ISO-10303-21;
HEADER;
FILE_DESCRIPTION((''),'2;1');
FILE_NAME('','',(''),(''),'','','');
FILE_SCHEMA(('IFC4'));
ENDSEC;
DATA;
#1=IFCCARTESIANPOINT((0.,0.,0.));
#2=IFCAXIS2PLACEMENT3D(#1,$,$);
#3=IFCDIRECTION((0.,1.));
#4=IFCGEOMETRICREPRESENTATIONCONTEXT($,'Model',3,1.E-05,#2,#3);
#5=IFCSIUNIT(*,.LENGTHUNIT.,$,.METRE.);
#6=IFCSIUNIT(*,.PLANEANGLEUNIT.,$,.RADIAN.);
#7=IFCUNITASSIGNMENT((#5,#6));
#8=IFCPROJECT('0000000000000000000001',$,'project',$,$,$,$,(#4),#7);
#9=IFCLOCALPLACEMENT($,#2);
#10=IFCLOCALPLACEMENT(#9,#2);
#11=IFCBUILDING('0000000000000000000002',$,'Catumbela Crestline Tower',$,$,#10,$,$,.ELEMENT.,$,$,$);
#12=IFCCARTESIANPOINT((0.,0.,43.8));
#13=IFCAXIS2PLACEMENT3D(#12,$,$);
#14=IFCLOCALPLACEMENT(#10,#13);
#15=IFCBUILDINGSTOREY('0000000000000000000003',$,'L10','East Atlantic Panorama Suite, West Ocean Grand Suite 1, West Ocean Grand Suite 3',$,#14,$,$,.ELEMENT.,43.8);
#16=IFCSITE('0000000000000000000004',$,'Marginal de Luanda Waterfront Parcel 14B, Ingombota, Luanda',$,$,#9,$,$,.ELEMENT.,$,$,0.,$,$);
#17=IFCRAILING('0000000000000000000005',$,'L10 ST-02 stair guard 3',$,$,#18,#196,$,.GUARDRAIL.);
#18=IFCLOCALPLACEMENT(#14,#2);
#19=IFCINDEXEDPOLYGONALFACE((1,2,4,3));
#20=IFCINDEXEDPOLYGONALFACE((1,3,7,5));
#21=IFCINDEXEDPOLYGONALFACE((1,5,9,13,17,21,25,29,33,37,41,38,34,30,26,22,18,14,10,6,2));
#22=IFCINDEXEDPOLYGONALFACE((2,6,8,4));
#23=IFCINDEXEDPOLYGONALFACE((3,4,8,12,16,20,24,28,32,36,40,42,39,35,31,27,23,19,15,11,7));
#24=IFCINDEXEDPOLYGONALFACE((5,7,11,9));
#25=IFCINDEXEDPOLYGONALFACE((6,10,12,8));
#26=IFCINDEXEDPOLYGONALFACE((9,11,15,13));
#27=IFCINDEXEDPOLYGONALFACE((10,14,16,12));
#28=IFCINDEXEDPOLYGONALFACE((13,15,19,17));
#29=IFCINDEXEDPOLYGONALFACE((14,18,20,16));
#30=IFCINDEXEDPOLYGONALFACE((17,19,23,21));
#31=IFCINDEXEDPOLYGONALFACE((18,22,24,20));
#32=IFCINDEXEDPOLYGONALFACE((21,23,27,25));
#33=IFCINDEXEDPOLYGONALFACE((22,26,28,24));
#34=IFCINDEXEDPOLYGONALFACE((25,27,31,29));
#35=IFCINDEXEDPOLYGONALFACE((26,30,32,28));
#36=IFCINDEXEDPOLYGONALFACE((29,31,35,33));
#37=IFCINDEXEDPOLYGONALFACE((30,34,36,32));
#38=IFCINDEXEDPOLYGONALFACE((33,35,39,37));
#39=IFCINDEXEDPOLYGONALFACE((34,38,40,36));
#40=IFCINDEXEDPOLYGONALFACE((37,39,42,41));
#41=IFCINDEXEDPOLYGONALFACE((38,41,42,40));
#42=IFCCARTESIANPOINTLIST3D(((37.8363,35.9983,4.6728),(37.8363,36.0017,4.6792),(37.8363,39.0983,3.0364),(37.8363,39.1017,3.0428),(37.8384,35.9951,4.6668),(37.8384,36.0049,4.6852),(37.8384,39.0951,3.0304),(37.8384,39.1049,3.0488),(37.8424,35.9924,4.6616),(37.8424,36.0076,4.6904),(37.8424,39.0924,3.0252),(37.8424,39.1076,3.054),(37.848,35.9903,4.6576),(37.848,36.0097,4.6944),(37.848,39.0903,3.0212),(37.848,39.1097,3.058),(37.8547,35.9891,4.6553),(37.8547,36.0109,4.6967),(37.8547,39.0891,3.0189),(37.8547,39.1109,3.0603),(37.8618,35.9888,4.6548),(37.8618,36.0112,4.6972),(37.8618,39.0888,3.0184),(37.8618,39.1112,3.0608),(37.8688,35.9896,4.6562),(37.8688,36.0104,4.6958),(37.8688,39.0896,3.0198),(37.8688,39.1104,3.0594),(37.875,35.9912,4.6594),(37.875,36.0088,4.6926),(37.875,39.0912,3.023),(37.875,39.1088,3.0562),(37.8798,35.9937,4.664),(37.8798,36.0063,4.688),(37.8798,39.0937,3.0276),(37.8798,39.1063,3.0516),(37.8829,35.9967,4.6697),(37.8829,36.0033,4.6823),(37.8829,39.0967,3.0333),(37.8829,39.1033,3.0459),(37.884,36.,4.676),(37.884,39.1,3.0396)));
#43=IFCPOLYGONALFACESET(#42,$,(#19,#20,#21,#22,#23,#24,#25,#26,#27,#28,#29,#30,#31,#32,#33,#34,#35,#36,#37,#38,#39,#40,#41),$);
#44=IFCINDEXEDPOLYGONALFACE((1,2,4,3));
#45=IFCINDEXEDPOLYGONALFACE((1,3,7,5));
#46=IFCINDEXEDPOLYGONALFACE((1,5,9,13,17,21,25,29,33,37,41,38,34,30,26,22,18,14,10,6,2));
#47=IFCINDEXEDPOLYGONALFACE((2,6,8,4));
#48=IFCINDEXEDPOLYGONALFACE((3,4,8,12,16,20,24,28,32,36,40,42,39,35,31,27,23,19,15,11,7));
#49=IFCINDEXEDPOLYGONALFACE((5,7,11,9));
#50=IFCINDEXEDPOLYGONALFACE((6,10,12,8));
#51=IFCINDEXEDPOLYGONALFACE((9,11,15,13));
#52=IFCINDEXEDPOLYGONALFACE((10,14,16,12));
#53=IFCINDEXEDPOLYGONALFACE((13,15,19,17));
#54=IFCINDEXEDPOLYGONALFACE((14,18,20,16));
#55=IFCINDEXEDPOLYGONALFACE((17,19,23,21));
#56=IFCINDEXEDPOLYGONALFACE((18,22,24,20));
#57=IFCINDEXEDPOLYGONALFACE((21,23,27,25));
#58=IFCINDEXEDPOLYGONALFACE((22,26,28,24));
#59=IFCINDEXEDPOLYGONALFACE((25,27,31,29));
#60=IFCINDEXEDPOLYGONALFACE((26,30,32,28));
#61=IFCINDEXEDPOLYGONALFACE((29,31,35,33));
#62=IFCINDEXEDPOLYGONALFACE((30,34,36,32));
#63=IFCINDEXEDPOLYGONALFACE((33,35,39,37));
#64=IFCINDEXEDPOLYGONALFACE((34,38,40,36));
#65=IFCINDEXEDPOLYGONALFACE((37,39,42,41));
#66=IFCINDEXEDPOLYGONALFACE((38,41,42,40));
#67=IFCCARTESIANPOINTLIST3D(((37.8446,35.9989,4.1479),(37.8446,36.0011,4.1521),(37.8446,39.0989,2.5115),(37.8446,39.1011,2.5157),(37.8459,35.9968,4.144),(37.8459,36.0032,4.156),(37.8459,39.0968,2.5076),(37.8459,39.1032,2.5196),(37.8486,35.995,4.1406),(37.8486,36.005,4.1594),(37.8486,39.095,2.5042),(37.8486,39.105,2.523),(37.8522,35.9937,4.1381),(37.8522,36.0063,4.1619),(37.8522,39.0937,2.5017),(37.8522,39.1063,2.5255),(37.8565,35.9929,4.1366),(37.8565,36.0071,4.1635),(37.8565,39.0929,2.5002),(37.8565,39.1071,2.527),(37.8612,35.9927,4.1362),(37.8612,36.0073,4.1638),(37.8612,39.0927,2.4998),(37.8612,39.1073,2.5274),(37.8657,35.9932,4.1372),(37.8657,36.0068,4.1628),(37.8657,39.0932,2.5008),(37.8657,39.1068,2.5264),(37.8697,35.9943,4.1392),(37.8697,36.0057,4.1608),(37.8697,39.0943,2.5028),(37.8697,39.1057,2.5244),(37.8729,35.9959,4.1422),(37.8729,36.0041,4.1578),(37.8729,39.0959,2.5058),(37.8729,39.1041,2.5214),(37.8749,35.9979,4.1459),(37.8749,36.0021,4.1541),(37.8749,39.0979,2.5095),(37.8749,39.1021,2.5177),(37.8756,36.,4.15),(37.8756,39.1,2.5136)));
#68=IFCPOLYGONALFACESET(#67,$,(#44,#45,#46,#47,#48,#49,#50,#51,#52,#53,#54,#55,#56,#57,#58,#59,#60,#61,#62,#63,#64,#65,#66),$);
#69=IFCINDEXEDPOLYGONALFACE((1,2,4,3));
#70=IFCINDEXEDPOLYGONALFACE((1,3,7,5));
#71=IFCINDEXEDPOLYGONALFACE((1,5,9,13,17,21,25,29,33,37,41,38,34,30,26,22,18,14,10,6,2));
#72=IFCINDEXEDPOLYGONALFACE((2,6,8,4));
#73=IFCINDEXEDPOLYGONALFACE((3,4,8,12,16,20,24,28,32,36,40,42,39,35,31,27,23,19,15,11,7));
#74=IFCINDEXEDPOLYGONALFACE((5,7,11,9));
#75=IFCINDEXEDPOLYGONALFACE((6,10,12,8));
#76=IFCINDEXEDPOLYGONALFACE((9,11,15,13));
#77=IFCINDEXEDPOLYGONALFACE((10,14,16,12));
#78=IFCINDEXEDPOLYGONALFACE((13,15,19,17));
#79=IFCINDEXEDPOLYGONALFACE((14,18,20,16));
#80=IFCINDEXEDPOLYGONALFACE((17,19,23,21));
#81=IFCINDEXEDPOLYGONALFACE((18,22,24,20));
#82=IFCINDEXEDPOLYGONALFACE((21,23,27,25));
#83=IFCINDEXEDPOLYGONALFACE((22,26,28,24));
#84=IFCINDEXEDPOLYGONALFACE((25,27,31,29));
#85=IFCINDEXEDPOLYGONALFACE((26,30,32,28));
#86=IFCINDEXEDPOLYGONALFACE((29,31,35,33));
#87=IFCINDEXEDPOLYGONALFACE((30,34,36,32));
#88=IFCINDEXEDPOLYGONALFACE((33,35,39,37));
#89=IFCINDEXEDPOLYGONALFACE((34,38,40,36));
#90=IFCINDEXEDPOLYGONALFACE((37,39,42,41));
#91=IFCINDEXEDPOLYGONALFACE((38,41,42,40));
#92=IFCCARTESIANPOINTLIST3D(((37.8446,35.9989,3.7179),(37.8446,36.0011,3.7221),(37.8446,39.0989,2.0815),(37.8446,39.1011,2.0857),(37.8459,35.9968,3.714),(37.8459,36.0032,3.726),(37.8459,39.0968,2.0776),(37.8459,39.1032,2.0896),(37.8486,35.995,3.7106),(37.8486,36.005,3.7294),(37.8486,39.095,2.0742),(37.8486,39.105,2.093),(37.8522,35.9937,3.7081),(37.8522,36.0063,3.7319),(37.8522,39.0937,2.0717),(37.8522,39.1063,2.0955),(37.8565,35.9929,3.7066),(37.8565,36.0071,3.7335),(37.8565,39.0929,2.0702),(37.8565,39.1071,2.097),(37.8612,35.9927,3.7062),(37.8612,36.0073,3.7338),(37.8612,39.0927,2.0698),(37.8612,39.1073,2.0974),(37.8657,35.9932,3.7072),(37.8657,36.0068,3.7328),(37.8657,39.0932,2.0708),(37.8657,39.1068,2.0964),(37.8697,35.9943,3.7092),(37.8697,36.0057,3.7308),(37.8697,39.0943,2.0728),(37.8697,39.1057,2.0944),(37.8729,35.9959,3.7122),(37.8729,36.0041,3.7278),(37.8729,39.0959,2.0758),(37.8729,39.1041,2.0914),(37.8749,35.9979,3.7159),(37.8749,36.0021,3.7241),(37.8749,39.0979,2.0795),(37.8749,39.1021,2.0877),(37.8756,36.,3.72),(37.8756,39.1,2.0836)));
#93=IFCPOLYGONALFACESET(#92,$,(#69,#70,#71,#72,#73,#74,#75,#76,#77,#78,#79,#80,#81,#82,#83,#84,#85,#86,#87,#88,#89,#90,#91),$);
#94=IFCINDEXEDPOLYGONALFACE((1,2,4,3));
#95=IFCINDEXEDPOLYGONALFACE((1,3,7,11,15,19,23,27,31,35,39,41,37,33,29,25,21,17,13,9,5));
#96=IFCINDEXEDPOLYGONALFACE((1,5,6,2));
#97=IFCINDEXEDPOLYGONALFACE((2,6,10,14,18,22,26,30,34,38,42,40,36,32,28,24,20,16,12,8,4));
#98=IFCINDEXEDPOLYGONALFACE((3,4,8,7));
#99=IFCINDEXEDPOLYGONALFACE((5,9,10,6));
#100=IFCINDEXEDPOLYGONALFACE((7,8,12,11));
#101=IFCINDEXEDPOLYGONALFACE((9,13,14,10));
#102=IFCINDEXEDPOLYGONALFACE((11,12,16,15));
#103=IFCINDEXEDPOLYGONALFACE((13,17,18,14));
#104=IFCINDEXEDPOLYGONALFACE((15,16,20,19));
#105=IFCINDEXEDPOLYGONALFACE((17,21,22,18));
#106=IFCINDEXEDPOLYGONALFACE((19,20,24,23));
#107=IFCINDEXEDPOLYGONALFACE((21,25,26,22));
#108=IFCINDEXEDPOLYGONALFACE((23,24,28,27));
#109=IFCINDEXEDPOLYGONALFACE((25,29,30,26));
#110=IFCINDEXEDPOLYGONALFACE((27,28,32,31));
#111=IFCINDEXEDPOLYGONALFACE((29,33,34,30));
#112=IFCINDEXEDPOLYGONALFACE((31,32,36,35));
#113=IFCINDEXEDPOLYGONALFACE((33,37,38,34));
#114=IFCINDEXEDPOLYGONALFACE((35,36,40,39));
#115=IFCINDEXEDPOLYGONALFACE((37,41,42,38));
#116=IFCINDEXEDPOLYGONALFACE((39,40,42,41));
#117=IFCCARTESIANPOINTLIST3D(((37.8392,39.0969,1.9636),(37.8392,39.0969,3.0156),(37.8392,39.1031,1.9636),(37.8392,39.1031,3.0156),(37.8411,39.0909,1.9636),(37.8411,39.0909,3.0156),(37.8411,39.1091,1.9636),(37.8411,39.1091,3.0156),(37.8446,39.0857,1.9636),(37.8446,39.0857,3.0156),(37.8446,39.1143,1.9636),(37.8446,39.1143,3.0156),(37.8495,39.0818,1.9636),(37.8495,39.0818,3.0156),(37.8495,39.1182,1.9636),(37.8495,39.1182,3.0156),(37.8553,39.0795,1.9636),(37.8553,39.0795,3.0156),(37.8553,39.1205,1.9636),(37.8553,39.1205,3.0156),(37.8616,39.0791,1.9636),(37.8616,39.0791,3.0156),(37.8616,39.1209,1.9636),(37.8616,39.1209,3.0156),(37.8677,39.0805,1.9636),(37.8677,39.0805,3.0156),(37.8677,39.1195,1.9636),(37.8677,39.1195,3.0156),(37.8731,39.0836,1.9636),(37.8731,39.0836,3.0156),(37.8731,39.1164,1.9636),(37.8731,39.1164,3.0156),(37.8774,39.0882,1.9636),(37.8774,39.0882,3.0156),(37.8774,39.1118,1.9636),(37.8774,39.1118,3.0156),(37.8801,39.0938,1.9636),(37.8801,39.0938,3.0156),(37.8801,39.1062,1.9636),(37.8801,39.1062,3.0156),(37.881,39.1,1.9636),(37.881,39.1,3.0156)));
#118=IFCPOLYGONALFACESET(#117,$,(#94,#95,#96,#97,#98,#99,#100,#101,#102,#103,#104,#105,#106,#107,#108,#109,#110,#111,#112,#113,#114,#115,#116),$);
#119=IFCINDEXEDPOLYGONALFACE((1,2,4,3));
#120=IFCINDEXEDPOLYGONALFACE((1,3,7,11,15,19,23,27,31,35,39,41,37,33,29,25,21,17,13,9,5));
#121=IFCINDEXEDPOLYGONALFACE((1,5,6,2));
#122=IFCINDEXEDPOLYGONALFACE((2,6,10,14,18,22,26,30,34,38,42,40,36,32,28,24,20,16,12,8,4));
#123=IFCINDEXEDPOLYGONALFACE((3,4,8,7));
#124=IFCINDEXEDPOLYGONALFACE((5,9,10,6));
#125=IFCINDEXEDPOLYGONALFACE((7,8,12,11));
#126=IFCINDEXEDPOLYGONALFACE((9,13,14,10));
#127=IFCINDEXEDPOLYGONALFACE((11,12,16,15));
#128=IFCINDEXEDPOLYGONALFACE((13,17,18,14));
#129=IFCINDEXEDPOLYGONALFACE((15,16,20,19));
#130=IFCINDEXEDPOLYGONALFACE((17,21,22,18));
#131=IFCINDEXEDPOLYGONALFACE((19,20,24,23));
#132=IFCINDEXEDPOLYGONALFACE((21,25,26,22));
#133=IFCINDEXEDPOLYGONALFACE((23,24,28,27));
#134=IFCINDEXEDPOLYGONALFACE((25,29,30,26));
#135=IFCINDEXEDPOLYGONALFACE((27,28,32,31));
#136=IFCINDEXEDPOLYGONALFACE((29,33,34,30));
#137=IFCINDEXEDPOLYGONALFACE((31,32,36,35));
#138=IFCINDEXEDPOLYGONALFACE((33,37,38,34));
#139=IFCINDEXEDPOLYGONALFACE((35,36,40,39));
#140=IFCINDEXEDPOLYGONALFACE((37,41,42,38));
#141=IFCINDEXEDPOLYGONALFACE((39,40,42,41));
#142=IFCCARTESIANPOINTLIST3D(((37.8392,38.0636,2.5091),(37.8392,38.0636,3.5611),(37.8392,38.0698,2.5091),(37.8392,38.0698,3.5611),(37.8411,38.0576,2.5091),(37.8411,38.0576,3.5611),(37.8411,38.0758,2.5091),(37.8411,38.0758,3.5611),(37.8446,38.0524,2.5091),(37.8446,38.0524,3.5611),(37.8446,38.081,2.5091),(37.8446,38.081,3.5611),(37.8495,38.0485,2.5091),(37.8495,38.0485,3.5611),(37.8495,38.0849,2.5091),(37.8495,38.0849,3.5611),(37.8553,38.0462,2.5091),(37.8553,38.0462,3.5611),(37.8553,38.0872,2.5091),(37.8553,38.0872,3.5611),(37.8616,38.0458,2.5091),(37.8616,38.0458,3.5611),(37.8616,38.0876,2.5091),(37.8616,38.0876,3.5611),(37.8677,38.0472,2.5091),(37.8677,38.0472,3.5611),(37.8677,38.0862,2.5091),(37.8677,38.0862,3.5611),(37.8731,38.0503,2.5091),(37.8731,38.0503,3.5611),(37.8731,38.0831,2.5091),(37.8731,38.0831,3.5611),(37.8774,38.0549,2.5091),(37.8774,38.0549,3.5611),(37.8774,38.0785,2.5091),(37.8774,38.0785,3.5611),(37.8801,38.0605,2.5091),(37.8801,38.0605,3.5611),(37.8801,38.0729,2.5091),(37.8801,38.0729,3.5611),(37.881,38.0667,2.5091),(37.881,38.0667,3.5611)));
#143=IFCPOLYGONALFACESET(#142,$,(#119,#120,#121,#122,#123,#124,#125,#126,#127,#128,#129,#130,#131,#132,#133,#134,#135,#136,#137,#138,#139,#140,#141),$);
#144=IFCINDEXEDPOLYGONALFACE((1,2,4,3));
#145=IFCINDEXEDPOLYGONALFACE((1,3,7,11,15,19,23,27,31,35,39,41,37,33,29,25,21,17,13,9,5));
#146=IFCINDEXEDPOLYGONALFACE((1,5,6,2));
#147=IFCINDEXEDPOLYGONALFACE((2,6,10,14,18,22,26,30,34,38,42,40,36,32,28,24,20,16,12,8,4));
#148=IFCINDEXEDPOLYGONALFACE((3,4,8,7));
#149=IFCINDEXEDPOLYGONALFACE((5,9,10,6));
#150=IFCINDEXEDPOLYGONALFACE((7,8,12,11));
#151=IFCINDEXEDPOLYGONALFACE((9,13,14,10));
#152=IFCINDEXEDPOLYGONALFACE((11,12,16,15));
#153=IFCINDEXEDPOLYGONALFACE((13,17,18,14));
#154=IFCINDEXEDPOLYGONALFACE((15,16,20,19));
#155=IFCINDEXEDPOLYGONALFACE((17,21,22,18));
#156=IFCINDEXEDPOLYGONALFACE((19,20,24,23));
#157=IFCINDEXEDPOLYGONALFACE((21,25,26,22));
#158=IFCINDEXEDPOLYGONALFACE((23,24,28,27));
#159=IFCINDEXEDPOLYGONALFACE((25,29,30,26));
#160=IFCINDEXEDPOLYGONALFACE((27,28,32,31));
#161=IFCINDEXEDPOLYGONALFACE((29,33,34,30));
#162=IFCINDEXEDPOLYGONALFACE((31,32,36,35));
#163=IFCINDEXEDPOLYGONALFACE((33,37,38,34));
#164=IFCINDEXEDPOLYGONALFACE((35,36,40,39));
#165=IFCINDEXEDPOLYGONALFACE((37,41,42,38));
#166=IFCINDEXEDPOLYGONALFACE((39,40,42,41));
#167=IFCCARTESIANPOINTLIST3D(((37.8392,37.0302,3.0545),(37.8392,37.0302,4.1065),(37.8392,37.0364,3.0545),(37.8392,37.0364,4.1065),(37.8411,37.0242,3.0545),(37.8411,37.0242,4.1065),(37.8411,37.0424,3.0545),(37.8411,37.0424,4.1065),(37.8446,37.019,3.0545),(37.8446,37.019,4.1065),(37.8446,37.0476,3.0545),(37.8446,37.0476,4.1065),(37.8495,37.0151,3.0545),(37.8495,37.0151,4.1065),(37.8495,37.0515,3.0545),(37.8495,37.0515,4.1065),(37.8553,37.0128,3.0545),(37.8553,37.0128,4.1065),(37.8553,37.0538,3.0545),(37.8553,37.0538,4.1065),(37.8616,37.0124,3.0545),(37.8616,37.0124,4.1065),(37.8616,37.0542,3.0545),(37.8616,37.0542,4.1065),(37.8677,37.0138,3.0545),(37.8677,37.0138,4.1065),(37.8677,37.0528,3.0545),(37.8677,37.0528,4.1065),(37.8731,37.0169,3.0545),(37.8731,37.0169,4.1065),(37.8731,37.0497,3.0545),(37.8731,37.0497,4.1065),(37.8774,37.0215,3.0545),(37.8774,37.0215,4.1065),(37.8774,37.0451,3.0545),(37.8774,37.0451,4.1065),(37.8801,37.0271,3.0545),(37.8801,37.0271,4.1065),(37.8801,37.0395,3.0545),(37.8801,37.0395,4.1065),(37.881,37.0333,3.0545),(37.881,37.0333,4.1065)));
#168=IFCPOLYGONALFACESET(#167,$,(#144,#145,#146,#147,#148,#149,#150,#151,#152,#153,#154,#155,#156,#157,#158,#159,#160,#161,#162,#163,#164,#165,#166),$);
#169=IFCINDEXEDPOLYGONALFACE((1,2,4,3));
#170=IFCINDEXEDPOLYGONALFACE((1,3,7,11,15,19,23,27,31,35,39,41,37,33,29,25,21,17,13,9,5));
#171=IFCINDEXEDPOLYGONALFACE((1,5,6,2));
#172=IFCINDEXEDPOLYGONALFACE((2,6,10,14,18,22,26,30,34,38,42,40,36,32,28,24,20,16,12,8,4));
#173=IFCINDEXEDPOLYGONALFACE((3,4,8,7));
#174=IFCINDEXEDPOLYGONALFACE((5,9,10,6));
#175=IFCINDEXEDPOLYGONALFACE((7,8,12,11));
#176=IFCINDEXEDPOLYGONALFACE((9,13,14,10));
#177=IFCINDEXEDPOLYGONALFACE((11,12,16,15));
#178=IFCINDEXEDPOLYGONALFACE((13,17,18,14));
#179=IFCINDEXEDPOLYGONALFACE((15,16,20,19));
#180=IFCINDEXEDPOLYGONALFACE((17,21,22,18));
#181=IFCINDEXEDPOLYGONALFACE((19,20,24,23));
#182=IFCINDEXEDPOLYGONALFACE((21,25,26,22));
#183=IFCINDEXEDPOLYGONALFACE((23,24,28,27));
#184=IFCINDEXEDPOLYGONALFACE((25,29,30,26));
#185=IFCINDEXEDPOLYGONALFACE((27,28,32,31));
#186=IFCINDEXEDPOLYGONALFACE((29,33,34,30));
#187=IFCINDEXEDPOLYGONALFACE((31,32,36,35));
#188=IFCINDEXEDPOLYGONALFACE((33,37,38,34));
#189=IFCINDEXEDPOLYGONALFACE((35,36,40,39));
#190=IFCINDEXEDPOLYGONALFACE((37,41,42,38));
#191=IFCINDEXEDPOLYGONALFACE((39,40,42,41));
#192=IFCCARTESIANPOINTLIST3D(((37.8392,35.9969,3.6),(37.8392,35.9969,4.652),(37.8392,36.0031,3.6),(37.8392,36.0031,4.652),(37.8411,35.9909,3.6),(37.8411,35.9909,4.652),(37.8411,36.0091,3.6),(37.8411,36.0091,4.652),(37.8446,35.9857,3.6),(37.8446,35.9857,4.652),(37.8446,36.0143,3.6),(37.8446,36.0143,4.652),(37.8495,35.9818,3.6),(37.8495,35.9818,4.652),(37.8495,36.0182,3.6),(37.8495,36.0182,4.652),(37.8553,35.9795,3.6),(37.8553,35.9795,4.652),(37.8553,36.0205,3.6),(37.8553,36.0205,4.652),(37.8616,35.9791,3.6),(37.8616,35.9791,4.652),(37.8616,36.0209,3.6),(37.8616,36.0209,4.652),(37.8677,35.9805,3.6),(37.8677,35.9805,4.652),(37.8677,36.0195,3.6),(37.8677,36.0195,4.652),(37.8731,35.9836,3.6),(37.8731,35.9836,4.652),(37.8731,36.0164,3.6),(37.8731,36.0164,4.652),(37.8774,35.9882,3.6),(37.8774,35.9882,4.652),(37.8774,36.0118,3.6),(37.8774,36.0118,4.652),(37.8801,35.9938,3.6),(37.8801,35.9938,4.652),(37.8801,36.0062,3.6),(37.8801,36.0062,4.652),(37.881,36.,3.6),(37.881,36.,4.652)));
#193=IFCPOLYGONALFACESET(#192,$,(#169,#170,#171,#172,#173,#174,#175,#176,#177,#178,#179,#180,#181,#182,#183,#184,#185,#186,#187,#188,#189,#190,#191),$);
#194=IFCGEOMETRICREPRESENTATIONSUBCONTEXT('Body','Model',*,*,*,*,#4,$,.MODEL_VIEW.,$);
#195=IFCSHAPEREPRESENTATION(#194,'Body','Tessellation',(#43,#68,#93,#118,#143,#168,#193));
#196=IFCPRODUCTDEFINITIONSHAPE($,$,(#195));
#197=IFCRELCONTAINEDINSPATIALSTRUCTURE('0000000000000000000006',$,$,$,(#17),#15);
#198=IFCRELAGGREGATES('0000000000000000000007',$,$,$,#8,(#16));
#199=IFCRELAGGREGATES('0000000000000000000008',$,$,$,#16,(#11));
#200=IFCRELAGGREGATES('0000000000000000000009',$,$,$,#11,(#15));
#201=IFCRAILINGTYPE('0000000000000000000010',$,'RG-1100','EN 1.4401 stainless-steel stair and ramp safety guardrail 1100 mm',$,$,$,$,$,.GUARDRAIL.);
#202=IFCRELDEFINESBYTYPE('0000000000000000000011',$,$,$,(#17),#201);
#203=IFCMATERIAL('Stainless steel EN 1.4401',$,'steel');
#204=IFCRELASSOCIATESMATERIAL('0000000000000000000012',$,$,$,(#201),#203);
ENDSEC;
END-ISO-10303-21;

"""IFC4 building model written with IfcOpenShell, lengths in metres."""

from ifc_helpers import new_model, si_unit, direction, frame, origin, origin_2d, place, context, subcontext, project, spatial, circle, extrude, material, type_object, element, save


model = new_model("IFC4")

# Units and contexts
model_context = context("Model", 3, precision=1e-05, world=origin(), true_north=direction((0.0, 1.0)))
body_context = subcontext(model_context, "Body", "Model", "MODEL_VIEW")
ifc_project = project(units=[si_unit("LENGTHUNIT", "METRE"), si_unit("PLANEANGLEUNIT", "RADIAN")], contexts=[model_context])

# Site, building, storey
site_placement = place(None, origin())
site = spatial("IfcSite", under=ifc_project, at=site_placement, Name="Marginal de Luanda Waterfront Parcel 14B, Ingombota, Luanda", CompositionType="ELEMENT", RefElevation=0.0)
building_placement = place(site_placement, origin())
building = spatial("IfcBuilding", under=site, at=building_placement, Name="Catumbela Crestline Tower", CompositionType="ELEMENT")
storey_placement = place(building_placement, frame((0.0, 0.0, 43.8)))
storey = spatial("IfcBuildingStorey", under=building, at=storey_placement, Name="L10", Description="East Atlantic Panorama Suite, West Ocean Grand Suite 1, West Ocean Grand Suite 3", CompositionType="ELEMENT", Elevation=43.8)

# Shared definitions
ifc_material_1 = material(Name="Stainless steel EN 1.4401", Category="steel")

# Railing
railing_type_1 = type_object("IfcRailingType", Name="RG-1100", Description="EN 1.4401 stainless-steel stair and ramp safety guardrail 1100 mm", PredefinedType="GUARDRAIL", material=ifc_material_1)
railing_1_placement = place(storey_placement, frame((37.86, 39.1, 1.9636)))
element("IfcRailing", 1, at=railing_1_placement, inside=storey, type_object=railing_type_1, Name="L10 ST-02 stair guard 3", PredefinedType="GUARDRAIL", context=body_context, shape_type="SweptSolid", body=[
    extrude(circle(Radius=0.024, at=origin_2d()), frame((0.0, 0.0, 1.076), z_axis=(0.0, -0.884351, 0.466823), x_axis=(1.0, 0.0, 0.0)), (0.0, 0.0, 1.0), 3.5054),
    extrude(circle(Radius=0.0156, at=origin_2d()), frame((0.0, 0.0, 0.55), z_axis=(0.0, -0.884351, 0.466823), x_axis=(1.0, 0.0, 0.0)), (0.0, 0.0, 1.0), 3.5054),
    extrude(circle(Radius=0.0156, at=origin_2d()), frame((0.0, 0.0, 0.12), z_axis=(0.0, -0.884351, 0.466823), x_axis=(1.0, 0.0, 0.0)), (0.0, 0.0, 1.0), 3.5054),
    extrude(circle(Radius=0.021, at=origin_2d()), origin(), (0.0, 0.0, 1.0), 1.052),
    extrude(circle(Radius=0.021, at=origin_2d()), frame((0.0, -1.0333, 0.5455)), (0.0, 0.0, 1.0), 1.052),
    extrude(circle(Radius=0.021, at=origin_2d()), frame((0.0, -2.0667, 1.0909)), (0.0, 0.0, 1.0), 1.052),
    extrude(circle(Radius=0.021, at=origin_2d()), frame((0.0, -3.1, 1.6364)), (0.0, 0.0, 1.0), 1.052),
])

save(model, "model.ifc")
